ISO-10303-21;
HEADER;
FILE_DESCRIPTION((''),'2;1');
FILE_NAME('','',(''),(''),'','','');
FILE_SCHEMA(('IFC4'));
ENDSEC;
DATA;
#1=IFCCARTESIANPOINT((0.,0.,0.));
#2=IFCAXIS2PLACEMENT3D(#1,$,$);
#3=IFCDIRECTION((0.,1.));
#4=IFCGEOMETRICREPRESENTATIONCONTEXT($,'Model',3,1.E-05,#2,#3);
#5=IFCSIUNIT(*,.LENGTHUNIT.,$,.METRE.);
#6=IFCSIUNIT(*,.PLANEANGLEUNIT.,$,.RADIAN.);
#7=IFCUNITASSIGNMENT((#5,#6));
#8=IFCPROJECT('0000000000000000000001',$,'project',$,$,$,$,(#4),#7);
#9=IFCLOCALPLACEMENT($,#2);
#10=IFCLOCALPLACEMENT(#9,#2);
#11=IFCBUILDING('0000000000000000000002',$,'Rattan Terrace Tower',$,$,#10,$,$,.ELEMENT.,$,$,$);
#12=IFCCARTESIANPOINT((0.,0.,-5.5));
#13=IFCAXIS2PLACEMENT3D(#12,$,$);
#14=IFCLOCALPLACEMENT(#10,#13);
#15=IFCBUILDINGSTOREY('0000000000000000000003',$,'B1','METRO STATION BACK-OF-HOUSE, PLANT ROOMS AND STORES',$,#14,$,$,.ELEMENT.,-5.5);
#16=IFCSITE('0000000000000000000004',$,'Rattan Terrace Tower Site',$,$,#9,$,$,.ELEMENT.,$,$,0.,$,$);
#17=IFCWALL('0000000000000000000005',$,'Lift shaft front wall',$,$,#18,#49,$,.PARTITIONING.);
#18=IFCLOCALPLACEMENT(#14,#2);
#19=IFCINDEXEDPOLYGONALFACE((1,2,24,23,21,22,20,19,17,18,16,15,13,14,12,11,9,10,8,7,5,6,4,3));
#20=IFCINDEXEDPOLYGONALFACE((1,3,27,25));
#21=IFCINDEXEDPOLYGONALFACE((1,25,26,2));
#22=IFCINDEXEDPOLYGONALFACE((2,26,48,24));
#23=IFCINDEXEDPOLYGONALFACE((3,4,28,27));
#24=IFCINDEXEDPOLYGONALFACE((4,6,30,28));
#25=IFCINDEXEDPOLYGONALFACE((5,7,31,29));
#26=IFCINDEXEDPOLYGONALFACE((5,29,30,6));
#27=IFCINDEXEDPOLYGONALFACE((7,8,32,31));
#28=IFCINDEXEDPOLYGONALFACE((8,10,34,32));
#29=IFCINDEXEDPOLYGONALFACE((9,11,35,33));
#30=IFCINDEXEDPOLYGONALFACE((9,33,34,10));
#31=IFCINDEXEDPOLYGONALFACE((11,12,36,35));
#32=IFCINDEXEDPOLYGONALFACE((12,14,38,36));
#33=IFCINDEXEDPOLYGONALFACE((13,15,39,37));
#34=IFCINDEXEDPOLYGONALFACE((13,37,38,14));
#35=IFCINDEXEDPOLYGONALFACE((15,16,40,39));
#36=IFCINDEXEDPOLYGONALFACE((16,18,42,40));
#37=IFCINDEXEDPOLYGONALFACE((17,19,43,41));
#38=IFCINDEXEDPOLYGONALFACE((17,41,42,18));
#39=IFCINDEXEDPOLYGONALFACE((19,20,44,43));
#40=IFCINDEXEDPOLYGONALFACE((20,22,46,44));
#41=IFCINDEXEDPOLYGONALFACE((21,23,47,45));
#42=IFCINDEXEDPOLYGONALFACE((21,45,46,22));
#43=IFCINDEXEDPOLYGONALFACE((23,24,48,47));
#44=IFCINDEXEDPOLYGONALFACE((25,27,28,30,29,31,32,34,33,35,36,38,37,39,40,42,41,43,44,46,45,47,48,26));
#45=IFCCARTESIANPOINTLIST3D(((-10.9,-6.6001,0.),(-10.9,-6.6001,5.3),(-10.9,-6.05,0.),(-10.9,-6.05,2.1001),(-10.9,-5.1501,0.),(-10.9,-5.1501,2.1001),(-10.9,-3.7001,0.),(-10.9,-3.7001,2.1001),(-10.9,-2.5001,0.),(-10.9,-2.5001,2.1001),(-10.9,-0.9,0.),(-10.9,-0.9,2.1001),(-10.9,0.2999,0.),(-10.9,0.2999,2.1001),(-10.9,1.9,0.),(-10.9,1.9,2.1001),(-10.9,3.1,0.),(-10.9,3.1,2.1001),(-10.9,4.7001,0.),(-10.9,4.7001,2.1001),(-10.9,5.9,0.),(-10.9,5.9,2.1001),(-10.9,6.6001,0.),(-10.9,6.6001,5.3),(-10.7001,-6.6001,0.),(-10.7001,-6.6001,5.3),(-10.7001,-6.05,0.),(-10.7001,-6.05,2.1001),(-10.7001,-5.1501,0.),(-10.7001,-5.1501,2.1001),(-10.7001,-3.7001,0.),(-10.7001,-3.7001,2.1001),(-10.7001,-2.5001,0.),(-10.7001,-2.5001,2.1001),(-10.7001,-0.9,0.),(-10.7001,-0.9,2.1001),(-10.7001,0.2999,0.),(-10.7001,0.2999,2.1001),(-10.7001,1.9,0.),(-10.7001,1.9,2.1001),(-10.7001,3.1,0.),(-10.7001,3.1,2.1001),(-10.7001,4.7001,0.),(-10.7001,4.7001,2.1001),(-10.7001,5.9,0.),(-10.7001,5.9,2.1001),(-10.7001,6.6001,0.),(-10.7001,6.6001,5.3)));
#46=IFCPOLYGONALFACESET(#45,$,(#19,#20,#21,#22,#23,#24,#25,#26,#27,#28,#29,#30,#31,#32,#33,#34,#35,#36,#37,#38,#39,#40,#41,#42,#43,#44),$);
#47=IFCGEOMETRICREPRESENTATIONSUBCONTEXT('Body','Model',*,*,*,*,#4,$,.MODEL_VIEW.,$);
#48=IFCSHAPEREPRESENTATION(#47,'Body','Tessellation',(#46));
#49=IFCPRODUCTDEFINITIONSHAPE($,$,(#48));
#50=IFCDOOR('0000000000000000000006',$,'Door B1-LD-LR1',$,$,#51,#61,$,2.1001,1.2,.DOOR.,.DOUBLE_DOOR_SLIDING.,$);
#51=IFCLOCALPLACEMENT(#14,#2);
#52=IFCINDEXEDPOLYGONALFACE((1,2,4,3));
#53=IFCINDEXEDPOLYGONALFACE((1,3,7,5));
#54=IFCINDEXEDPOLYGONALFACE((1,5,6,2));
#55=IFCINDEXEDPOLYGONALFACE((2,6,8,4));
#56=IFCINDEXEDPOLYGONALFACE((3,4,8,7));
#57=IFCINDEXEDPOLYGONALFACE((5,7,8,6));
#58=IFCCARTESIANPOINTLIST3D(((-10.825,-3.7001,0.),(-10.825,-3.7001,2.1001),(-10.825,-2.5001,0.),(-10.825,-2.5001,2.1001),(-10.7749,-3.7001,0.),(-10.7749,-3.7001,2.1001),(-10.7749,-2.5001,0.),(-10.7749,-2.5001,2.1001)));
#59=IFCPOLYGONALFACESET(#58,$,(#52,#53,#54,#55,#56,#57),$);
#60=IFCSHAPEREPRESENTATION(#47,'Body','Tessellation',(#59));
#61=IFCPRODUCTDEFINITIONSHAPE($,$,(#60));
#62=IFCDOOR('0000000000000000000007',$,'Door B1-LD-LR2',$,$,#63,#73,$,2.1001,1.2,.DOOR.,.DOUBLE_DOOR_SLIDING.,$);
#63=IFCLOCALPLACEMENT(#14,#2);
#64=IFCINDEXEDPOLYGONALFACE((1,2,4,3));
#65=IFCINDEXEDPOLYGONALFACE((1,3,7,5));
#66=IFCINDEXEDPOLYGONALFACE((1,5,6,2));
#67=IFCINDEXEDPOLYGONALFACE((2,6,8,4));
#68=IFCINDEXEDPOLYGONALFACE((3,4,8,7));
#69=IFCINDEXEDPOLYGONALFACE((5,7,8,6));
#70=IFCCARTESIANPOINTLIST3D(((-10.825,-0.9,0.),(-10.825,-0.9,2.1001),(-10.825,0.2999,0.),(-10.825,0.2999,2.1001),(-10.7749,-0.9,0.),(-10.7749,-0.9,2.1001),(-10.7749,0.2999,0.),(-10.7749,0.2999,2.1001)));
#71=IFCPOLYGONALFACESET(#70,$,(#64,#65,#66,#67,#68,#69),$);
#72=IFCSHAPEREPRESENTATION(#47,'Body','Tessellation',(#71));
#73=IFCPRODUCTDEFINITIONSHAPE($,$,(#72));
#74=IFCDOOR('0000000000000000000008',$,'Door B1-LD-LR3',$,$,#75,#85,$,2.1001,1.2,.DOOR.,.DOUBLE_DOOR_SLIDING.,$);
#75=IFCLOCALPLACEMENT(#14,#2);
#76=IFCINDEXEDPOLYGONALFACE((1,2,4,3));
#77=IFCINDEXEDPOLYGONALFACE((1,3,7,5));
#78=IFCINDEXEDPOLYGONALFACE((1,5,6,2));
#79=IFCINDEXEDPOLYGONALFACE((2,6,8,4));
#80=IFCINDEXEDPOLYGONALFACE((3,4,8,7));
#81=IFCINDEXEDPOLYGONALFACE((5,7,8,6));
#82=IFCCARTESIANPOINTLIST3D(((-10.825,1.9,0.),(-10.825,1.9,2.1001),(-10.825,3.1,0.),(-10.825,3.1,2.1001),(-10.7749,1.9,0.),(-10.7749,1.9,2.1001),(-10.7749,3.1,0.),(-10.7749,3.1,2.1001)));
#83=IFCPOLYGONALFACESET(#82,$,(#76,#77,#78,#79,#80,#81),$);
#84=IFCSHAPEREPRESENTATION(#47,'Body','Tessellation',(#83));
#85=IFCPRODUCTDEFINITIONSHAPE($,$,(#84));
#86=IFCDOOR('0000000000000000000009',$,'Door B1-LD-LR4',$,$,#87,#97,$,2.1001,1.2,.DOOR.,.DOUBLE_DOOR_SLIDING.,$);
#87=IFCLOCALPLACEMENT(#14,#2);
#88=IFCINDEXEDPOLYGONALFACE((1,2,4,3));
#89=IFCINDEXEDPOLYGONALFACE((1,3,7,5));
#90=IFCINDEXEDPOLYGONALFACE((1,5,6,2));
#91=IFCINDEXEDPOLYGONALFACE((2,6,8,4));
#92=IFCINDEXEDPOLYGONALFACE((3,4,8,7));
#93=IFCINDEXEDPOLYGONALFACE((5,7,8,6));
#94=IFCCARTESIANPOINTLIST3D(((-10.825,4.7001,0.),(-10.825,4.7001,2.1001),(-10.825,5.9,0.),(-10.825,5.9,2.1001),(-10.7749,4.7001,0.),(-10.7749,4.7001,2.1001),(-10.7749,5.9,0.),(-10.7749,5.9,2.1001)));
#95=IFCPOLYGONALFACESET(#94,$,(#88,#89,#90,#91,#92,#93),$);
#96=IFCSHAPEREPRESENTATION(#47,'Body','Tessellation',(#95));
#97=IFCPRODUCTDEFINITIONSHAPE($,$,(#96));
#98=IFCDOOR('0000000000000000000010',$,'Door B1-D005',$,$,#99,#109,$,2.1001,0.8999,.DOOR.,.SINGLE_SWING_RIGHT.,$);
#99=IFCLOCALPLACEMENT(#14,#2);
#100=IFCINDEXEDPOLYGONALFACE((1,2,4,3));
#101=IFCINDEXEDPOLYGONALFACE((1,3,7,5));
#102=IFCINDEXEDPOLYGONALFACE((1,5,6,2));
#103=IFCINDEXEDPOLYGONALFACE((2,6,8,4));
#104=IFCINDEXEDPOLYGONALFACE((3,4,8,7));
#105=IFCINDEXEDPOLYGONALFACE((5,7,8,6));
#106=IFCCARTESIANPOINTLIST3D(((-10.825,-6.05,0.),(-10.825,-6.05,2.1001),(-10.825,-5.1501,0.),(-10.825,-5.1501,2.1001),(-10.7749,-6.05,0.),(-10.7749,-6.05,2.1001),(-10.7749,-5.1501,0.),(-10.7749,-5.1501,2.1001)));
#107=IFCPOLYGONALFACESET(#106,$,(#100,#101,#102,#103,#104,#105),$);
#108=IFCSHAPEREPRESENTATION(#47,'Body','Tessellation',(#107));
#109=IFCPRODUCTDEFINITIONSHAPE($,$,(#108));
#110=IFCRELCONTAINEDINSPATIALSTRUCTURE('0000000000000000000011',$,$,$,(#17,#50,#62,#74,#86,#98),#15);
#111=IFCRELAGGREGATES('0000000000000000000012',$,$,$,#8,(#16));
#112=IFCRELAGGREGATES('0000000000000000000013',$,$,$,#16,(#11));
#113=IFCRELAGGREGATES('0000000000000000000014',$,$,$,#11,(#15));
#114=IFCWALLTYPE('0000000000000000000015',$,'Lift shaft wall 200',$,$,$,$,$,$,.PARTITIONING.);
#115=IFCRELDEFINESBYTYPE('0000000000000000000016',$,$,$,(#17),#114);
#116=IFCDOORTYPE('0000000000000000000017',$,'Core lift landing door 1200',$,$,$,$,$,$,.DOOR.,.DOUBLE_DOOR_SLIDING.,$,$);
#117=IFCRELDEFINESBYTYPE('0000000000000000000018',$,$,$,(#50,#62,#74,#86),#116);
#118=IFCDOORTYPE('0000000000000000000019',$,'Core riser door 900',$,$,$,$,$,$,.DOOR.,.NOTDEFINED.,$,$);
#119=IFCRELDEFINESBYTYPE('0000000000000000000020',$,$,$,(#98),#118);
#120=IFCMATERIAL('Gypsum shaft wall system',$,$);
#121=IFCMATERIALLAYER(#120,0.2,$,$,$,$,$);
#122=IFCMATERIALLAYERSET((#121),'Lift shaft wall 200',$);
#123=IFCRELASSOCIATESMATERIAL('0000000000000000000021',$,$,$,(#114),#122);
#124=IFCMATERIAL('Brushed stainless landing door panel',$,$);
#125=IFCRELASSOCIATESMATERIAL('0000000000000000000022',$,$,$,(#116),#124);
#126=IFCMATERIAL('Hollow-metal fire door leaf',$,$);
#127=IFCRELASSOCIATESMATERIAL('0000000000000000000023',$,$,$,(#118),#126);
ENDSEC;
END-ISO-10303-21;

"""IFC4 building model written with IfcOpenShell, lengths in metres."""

from ifc_helpers import new_model, si_unit, direction, frame, frame_2d, origin, place, context, subcontext, project, spatial, rectangle, extrude, material, layer, layer_set, type_object, element, fill, save


model = new_model("IFC4")

# Units and contexts
model_context = context("Model", 3, precision=1e-05, world=origin(), true_north=direction((0.0, 1.0)))
body_context = subcontext(model_context, "Body", "Model", "MODEL_VIEW")
ifc_project = project(units=[si_unit("LENGTHUNIT", "METRE"), si_unit("PLANEANGLEUNIT", "RADIAN")], contexts=[model_context])

# Site, building, storey
site_placement = place(None, origin())
site = spatial("IfcSite", under=ifc_project, at=site_placement, Name="Rattan Terrace Tower Site", CompositionType="ELEMENT", RefElevation=0.0)
building_placement = place(site_placement, origin())
building = spatial("IfcBuilding", under=site, at=building_placement, Name="Rattan Terrace Tower", CompositionType="ELEMENT")
storey_placement = place(building_placement, frame((0.0, 0.0, -5.5)))
storey = spatial("IfcBuildingStorey", under=building, at=storey_placement, Name="B1", Description="METRO STATION BACK-OF-HOUSE, PLANT ROOMS AND STORES", CompositionType="ELEMENT", Elevation=-5.5)

# Wall, openings, doors
ifc_material_1 = material(Name="Gypsum shaft wall system")
ifc_layer_1 = layer(ifc_material_1, 0.2)
ifc_layer_set_1 = layer_set([ifc_layer_1], Name="Lift shaft wall 200")
wall_type_1 = type_object("IfcWallType", Name="Lift shaft wall 200", PredefinedType="PARTITIONING", material=ifc_layer_set_1)
wall_1_placement = place(storey_placement, frame((-10.8, -6.6001, 0.0), z_axis=(0.0, 0.0, 1.0), x_axis=(0.0, 1.0, 0.0)))
wall_1 = element("IfcWall", 1, at=wall_1_placement, inside=storey, type_object=wall_type_1, Name="Lift shaft front wall", PredefinedType="PARTITIONING", context=body_context, shape_type="SweptSolid", body=[
    extrude(rectangle(XDim=13.2002, YDim=0.2, at=frame_2d((6.6001, 0.0))), origin(), (0.0, 0.0, 1.0), 5.3),
])
opening_1_placement = place(wall_1_placement, frame((0.55, 0.0, 0.0)))
opening_1 = element("IfcOpeningElement", 2, at=opening_1_placement, cuts=wall_1, PredefinedType="OPENING", context=body_context, shape_type="SweptSolid", body=[
    extrude(rectangle(XDim=0.8999, YDim=2.1001, at=frame_2d((0.45, 1.05))), frame((0.0, 0.1106, 0.0), z_axis=(0.0, -1.0, 0.0), x_axis=(1.0, 0.0, 0.0)), (0.0, 0.0, 1.0), 0.2209),
])
opening_2_placement = place(wall_1_placement, frame((2.8999, 0.0, 0.0)))
opening_2 = element("IfcOpeningElement", 3, at=opening_2_placement, cuts=wall_1, PredefinedType="OPENING", context=body_context, shape_type="SweptSolid", body=[
    extrude(rectangle(XDim=1.2, YDim=2.1001, at=frame_2d((0.6001, 1.05))), frame((0.0, 0.1106, 0.0), z_axis=(0.0, -1.0, 0.0), x_axis=(1.0, 0.0, 0.0)), (0.0, 0.0, 1.0), 0.2209),
])
opening_3_placement = place(wall_1_placement, frame((5.7, 0.0, 0.0)))
opening_3 = element("IfcOpeningElement", 4, at=opening_3_placement, cuts=wall_1, PredefinedType="OPENING", context=body_context, shape_type="SweptSolid", body=[
    extrude(rectangle(XDim=1.2, YDim=2.1001, at=frame_2d((0.6001, 1.05))), frame((0.0, 0.1106, 0.0), z_axis=(0.0, -1.0, 0.0), x_axis=(1.0, 0.0, 0.0)), (0.0, 0.0, 1.0), 0.2209),
])
opening_4_placement = place(wall_1_placement, frame((8.5, 0.0, 0.0)))
opening_4 = element("IfcOpeningElement", 5, at=opening_4_placement, cuts=wall_1, PredefinedType="OPENING", context=body_context, shape_type="SweptSolid", body=[
    extrude(rectangle(XDim=1.2, YDim=2.1001, at=frame_2d((0.6001, 1.05))), frame((0.0, 0.1106, 0.0), z_axis=(0.0, -1.0, 0.0), x_axis=(1.0, 0.0, 0.0)), (0.0, 0.0, 1.0), 0.2209),
])
opening_5_placement = place(wall_1_placement, frame((11.3, 0.0, 0.0)))
opening_5 = element("IfcOpeningElement", 6, at=opening_5_placement, cuts=wall_1, PredefinedType="OPENING", context=body_context, shape_type="SweptSolid", body=[
    extrude(rectangle(XDim=1.2, YDim=2.1001, at=frame_2d((0.6001, 1.05))), frame((0.0, 0.1106, 0.0), z_axis=(0.0, -1.0, 0.0), x_axis=(1.0, 0.0, 0.0)), (0.0, 0.0, 1.0), 0.2209),
])
ifc_material_2 = material(Name="Brushed stainless landing door panel")
door_type_1 = type_object("IfcDoorType", Name="Core lift landing door 1200", OperationType="DOUBLE_DOOR_SLIDING", PredefinedType="DOOR", material=ifc_material_2)
door_1_placement = place(opening_2_placement, origin())
door_1 = element("IfcDoor", 7, at=door_1_placement, inside=storey, type_object=door_type_1, Name="Door B1-LD-LR1", OperationType="DOUBLE_DOOR_SLIDING", OverallHeight=2.1001, OverallWidth=1.2, PredefinedType="DOOR", context=body_context, shape_type="SweptSolid", body=[
    extrude(rectangle(XDim=1.2, YDim=2.1001, at=frame_2d((0.6001, 1.05))), frame((0.0, 0.0249, 0.0), z_axis=(0.0, -1.0, 0.0), x_axis=(1.0, 0.0, 0.0)), (0.0, 0.0, 1.0), 0.05),
])
fill(opening_2, door_1)
door_2_placement = place(opening_3_placement, origin())
door_2 = element("IfcDoor", 8, at=door_2_placement, inside=storey, type_object=door_type_1, Name="Door B1-LD-LR2", OperationType="DOUBLE_DOOR_SLIDING", OverallHeight=2.1001, OverallWidth=1.2, PredefinedType="DOOR", context=body_context, shape_type="SweptSolid", body=[
    extrude(rectangle(XDim=1.2, YDim=2.1001, at=frame_2d((0.6001, 1.05))), frame((0.0, 0.0249, 0.0), z_axis=(0.0, -1.0, 0.0), x_axis=(1.0, 0.0, 0.0)), (0.0, 0.0, 1.0), 0.05),
])
fill(opening_3, door_2)
door_3_placement = place(opening_4_placement, origin())
door_3 = element("IfcDoor", 9, at=door_3_placement, inside=storey, type_object=door_type_1, Name="Door B1-LD-LR3", OperationType="DOUBLE_DOOR_SLIDING", OverallHeight=2.1001, OverallWidth=1.2, PredefinedType="DOOR", context=body_context, shape_type="SweptSolid", body=[
    extrude(rectangle(XDim=1.2, YDim=2.1001, at=frame_2d((0.6001, 1.05))), frame((0.0, 0.0249, 0.0), z_axis=(0.0, -1.0, 0.0), x_axis=(1.0, 0.0, 0.0)), (0.0, 0.0, 1.0), 0.05),
])
fill(opening_4, door_3)
door_4_placement = place(opening_5_placement, origin())
door_4 = element("IfcDoor", 10, at=door_4_placement, inside=storey, type_object=door_type_1, Name="Door B1-LD-LR4", OperationType="DOUBLE_DOOR_SLIDING", OverallHeight=2.1001, OverallWidth=1.2, PredefinedType="DOOR", context=body_context, shape_type="SweptSolid", body=[
    extrude(rectangle(XDim=1.2, YDim=2.1001, at=frame_2d((0.6001, 1.05))), frame((0.0, 0.0249, 0.0), z_axis=(0.0, -1.0, 0.0), x_axis=(1.0, 0.0, 0.0)), (0.0, 0.0, 1.0), 0.05),
])
fill(opening_5, door_4)
ifc_material_3 = material(Name="Hollow-metal fire door leaf")
door_type_2 = type_object("IfcDoorType", Name="Core riser door 900", OperationType="NOTDEFINED", PredefinedType="DOOR", material=ifc_material_3)
door_5_placement = place(opening_1_placement, origin())
door_5 = element("IfcDoor", 11, at=door_5_placement, inside=storey, type_object=door_type_2, Name="Door B1-D005", OperationType="SINGLE_SWING_RIGHT", OverallHeight=2.1001, OverallWidth=0.8999, PredefinedType="DOOR", context=body_context, shape_type="SweptSolid", body=[
    extrude(rectangle(XDim=0.8999, YDim=2.1001, at=frame_2d((0.45, 1.05))), frame((0.0, 0.0249, 0.0), z_axis=(0.0, -1.0, 0.0), x_axis=(1.0, 0.0, 0.0)), (0.0, 0.0, 1.0), 0.05),
])
fill(opening_1, door_5)

save(model, "model.ifc")
